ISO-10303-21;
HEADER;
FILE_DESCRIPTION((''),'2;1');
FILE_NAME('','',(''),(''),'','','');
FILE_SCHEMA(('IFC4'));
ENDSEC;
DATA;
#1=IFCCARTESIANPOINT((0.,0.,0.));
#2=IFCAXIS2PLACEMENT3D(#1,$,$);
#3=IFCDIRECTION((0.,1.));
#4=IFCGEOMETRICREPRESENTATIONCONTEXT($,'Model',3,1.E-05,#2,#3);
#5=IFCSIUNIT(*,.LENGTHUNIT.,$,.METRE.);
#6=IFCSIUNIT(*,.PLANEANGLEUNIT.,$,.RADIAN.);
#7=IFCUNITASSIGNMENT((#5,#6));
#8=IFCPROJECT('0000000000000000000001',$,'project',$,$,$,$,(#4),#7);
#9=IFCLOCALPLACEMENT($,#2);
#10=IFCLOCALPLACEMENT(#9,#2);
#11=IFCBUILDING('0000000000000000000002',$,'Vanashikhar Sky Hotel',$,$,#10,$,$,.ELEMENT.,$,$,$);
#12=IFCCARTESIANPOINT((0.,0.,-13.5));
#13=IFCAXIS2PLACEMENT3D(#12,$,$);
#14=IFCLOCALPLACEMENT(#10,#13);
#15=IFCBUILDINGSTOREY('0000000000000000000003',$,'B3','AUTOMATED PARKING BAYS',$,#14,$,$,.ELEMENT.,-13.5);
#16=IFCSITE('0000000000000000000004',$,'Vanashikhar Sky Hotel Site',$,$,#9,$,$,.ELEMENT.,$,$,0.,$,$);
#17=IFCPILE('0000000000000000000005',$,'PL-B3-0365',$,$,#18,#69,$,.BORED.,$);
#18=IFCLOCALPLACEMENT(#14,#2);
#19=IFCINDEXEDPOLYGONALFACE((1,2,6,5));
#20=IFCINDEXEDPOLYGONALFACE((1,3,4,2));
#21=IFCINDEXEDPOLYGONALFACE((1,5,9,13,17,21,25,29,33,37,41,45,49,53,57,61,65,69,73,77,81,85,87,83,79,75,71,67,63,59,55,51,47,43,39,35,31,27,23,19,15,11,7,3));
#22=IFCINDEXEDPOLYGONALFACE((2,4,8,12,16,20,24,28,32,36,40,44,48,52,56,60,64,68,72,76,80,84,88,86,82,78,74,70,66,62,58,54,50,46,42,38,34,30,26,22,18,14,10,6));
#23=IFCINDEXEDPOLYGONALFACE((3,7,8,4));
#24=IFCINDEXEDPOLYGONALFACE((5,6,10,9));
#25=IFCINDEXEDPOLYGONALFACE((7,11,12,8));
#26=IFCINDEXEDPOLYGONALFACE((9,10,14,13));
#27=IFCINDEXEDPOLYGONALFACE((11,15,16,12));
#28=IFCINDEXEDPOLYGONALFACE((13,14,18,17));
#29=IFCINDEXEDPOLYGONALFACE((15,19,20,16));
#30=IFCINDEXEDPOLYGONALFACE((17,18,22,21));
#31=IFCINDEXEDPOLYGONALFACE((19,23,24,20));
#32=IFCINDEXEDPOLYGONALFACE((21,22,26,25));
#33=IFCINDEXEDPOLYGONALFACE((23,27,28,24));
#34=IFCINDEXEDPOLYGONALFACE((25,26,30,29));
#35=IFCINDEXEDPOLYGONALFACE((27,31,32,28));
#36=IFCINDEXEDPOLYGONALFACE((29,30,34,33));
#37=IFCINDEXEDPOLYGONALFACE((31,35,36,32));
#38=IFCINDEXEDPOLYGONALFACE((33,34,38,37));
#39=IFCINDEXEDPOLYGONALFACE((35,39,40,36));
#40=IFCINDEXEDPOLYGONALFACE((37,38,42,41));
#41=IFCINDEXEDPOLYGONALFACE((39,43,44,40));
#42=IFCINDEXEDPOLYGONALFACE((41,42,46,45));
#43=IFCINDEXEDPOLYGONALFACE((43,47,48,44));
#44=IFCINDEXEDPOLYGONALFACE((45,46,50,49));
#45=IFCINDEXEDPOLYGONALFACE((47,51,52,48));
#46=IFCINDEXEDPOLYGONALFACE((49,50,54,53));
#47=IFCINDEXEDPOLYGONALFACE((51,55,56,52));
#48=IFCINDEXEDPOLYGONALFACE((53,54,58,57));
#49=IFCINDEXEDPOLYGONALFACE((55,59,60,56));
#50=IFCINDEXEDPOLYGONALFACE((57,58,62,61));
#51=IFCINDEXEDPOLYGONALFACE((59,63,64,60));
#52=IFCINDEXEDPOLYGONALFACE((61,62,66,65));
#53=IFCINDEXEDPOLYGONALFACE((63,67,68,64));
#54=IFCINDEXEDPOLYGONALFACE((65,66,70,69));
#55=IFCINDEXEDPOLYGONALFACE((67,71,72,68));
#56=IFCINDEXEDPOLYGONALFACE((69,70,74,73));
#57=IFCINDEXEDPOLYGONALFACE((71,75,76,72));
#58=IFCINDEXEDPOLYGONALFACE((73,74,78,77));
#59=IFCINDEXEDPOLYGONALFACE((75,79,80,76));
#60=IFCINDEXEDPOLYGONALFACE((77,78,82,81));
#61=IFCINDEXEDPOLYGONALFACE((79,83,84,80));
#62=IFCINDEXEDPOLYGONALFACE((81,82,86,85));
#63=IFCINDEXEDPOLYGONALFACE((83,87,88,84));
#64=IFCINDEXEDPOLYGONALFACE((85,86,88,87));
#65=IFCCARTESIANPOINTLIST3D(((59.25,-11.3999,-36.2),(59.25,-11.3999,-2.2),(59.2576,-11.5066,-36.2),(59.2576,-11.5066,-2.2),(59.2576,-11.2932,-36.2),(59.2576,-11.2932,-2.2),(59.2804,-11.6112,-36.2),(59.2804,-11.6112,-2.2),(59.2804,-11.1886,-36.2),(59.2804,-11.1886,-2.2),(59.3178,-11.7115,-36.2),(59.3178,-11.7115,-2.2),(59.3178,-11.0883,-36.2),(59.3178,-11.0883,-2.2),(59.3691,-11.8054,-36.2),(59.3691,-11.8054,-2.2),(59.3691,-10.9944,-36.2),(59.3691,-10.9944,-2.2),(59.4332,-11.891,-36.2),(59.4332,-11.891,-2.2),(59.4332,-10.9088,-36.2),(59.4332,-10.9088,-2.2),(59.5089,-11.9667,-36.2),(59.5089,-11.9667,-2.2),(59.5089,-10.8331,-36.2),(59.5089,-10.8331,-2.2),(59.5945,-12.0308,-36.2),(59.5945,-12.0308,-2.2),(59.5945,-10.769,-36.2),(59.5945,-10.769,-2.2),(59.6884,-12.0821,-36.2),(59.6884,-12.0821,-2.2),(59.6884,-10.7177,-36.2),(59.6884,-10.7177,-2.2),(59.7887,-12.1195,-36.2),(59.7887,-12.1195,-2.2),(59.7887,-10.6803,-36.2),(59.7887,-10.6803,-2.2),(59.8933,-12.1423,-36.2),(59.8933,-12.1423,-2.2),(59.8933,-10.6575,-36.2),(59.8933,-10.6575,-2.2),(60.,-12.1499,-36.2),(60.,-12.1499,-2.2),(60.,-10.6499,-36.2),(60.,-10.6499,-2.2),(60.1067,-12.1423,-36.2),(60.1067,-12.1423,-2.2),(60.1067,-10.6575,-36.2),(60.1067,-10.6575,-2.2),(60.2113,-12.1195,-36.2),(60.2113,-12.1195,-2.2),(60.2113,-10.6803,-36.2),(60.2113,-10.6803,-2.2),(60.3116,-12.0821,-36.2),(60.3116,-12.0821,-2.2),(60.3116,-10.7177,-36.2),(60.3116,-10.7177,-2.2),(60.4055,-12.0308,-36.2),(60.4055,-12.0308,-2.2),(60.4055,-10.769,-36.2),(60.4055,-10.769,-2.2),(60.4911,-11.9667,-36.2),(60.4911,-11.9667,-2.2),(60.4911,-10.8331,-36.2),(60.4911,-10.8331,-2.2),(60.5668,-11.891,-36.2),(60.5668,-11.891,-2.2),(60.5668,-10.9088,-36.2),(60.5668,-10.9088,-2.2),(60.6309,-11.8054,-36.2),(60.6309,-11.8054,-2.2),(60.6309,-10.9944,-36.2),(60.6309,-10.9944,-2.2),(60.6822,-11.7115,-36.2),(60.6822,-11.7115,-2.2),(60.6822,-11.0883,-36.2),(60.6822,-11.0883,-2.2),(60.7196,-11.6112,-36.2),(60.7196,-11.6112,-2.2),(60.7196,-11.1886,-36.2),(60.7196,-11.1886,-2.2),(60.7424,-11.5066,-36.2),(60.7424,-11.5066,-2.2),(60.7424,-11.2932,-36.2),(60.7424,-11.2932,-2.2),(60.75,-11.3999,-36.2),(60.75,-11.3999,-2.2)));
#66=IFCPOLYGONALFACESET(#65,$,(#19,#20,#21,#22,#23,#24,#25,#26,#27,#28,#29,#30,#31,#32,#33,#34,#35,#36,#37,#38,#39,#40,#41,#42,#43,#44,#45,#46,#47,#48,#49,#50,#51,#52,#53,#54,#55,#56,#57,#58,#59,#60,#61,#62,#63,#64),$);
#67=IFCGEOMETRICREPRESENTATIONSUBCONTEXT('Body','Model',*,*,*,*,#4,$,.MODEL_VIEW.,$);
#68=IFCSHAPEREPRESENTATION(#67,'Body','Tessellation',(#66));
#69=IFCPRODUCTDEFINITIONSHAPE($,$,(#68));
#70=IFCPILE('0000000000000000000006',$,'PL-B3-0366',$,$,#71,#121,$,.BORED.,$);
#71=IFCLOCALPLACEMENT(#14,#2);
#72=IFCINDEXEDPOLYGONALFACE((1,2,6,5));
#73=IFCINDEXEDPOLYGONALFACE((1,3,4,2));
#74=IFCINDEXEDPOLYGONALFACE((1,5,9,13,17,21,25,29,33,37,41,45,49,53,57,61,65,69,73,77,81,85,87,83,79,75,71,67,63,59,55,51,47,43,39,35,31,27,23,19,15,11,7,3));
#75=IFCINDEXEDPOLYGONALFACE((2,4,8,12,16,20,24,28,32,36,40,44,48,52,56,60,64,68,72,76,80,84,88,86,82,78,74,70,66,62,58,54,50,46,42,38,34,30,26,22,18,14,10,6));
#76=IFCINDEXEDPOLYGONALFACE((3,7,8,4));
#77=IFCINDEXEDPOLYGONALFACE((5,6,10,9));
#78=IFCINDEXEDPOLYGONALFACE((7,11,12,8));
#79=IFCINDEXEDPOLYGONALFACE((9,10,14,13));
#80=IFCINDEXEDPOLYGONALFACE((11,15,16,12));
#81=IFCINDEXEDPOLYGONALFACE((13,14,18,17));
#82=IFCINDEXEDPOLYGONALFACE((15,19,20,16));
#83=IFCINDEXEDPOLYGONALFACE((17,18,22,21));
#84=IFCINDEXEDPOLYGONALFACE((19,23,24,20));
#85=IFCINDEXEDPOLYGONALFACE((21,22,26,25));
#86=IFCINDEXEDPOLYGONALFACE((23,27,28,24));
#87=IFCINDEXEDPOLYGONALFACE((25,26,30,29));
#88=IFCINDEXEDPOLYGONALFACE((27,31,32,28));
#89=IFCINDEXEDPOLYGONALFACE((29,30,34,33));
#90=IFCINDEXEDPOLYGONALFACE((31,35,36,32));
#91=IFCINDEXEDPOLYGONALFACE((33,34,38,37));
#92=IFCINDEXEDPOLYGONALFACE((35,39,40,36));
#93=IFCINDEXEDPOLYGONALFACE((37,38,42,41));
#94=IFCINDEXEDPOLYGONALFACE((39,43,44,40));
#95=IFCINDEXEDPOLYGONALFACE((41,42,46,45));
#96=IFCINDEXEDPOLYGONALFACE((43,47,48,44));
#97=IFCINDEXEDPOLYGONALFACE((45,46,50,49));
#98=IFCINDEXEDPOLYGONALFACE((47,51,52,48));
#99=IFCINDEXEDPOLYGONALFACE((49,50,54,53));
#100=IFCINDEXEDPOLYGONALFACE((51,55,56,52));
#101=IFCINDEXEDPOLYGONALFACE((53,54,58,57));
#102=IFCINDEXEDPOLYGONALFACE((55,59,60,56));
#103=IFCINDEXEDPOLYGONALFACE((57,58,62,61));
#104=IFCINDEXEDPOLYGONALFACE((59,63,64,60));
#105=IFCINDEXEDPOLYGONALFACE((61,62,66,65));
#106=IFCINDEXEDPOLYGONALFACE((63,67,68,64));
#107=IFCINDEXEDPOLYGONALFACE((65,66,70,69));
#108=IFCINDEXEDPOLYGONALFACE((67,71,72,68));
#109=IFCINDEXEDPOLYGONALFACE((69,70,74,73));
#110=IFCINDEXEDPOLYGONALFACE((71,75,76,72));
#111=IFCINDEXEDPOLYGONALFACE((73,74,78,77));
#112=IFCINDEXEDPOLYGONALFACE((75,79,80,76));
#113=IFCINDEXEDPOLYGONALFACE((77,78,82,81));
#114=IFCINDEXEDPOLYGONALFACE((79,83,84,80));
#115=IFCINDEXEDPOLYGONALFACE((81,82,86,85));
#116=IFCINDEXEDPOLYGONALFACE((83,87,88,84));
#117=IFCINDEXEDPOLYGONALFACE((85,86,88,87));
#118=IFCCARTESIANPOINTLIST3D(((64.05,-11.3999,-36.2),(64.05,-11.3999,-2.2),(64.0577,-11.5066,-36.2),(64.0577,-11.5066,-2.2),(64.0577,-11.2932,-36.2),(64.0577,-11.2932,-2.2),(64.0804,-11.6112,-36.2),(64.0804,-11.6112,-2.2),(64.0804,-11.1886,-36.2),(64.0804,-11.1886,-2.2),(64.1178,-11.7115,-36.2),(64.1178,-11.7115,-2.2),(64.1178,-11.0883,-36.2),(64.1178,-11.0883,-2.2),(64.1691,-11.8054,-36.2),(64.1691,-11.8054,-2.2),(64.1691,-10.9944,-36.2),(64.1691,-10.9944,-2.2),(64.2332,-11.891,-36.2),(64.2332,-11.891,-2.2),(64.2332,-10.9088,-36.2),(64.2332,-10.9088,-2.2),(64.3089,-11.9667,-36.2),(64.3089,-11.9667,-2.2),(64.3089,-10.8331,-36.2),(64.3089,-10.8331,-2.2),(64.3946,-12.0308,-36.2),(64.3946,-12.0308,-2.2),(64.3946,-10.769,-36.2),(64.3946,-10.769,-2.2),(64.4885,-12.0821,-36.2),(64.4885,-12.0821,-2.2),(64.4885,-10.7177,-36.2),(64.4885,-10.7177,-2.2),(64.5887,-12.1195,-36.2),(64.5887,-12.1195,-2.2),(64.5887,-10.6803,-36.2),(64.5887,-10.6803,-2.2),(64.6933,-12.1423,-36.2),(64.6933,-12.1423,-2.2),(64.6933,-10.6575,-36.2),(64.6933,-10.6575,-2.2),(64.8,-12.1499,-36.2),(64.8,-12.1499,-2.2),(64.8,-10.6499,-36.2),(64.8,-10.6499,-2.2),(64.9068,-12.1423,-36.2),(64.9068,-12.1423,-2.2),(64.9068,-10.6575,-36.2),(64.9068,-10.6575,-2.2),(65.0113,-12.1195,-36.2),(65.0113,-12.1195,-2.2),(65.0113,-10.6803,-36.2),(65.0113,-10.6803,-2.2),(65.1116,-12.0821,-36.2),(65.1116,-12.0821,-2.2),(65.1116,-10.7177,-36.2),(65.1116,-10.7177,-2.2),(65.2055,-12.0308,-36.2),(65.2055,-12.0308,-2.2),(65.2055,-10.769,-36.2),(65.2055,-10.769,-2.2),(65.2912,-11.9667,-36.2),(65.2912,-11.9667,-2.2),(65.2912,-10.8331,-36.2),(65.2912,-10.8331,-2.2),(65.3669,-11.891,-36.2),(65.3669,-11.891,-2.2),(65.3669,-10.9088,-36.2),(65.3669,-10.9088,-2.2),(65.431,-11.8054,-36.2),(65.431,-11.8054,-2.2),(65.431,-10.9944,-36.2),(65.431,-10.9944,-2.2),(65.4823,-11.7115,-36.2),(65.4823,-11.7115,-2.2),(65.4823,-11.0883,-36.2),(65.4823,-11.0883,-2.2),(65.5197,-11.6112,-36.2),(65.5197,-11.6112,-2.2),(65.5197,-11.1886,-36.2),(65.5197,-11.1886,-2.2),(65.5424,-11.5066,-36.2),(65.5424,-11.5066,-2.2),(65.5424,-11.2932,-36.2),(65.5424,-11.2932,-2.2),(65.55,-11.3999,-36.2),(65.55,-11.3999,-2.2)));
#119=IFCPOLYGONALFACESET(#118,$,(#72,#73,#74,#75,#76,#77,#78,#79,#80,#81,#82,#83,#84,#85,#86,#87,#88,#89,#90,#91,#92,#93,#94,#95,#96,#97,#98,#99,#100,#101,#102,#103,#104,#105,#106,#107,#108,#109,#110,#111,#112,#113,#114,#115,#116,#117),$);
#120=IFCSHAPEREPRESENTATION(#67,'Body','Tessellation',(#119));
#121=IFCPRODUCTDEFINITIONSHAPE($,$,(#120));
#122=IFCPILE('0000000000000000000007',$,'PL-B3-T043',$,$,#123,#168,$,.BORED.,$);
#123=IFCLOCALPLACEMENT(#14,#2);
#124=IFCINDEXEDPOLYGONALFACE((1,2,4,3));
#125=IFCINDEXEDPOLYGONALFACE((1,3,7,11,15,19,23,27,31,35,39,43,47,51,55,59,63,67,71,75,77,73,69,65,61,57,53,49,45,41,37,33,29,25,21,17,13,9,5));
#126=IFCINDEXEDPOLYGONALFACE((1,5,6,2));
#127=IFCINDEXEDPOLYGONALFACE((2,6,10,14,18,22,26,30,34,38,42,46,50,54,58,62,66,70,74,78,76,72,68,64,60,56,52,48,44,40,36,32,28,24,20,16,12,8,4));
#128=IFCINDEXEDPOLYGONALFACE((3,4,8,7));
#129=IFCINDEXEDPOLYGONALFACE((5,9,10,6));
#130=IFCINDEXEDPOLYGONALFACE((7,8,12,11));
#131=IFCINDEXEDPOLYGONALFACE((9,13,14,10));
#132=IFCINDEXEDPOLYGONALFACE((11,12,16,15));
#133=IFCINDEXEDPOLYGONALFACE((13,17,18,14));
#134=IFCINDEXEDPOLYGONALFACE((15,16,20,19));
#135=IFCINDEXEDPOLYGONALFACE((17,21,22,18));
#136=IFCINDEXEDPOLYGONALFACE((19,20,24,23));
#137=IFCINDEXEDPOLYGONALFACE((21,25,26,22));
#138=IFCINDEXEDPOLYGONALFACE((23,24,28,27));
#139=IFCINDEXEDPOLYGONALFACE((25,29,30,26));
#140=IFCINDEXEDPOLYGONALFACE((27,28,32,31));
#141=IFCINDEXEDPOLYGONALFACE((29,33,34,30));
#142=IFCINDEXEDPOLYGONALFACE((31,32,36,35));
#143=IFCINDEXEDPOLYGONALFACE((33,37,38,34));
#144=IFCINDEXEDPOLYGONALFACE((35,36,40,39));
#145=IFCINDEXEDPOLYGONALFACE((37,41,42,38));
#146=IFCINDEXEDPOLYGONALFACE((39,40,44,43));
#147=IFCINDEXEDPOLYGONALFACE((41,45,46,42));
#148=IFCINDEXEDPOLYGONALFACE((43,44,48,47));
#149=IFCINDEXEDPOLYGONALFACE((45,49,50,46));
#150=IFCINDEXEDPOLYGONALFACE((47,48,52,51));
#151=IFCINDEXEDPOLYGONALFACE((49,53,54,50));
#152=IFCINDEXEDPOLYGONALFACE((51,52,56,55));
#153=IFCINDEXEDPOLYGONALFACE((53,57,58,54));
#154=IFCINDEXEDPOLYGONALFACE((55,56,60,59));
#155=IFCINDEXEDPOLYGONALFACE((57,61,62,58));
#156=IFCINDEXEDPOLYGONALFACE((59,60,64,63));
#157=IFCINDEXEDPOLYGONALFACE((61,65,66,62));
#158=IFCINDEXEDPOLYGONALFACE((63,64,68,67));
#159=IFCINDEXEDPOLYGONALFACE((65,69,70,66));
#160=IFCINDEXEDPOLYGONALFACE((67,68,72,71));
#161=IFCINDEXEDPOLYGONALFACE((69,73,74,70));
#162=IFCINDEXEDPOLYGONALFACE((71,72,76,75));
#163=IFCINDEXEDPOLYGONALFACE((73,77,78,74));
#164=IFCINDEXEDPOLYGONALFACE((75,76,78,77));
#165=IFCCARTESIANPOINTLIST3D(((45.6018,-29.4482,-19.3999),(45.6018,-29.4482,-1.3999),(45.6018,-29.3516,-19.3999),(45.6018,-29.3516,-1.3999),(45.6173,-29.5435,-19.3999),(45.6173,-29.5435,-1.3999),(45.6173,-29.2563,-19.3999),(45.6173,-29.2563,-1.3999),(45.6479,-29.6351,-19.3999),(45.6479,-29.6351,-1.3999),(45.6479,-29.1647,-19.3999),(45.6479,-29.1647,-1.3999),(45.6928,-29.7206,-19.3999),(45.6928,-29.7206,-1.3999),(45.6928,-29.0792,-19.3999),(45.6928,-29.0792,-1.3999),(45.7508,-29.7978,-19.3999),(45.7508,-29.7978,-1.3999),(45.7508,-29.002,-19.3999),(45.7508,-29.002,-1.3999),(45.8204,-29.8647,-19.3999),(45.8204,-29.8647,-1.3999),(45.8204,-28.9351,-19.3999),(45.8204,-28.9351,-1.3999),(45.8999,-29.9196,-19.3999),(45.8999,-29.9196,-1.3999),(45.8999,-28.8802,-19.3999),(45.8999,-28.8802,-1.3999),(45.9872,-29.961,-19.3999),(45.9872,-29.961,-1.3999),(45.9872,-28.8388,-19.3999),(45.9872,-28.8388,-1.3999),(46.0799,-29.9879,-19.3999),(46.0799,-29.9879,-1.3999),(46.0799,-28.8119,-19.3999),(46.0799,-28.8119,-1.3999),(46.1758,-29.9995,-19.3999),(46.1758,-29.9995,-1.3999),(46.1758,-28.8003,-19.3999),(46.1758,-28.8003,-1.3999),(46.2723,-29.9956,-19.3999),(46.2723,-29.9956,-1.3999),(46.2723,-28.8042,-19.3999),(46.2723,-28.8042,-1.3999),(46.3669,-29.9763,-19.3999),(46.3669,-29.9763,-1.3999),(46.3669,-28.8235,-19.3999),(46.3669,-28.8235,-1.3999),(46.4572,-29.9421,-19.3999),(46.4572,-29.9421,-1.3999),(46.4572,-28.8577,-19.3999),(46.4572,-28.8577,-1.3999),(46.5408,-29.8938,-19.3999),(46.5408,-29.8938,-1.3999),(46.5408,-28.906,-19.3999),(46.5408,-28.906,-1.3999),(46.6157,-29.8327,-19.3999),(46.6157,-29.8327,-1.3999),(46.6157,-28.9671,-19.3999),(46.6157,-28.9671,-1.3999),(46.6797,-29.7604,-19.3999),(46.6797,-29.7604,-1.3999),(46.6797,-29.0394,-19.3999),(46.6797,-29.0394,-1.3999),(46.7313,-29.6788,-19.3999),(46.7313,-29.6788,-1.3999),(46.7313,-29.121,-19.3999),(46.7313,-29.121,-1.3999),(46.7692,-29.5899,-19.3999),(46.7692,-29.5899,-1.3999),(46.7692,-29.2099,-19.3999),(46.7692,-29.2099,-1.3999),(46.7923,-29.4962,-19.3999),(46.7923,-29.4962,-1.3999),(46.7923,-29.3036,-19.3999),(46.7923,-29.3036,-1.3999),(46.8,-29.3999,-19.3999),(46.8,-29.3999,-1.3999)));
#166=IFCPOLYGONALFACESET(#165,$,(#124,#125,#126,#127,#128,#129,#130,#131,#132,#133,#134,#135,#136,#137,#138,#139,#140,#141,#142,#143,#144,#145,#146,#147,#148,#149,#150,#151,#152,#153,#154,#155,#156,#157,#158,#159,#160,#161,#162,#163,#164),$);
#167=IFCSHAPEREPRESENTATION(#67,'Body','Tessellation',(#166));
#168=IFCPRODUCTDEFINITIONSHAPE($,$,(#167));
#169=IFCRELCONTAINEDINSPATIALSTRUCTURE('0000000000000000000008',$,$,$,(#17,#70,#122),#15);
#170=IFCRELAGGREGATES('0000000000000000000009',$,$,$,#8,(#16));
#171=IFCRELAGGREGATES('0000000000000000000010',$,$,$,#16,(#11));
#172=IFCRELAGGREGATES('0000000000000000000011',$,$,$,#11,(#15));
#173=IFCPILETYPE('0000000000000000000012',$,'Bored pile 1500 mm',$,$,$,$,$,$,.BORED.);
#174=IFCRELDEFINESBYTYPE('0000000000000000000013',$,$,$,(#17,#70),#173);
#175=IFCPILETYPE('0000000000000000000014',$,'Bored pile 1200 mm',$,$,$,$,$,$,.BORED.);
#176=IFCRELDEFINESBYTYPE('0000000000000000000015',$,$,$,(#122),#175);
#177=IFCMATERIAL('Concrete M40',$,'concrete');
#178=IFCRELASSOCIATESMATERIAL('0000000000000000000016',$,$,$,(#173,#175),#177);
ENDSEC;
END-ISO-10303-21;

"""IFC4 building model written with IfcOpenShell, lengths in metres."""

from ifc_helpers import new_model, si_unit, direction, frame, origin, origin_2d, place, context, subcontext, project, spatial, circle, extrude, source, transform, mapped, material, type_object, element, save


model = new_model("IFC4")

# Units and contexts
model_context = context("Model", 3, precision=1e-05, world=origin(), true_north=direction((0.0, 1.0)))
body_context = subcontext(model_context, "Body", "Model", "MODEL_VIEW")
ifc_project = project(units=[si_unit("LENGTHUNIT", "METRE"), si_unit("PLANEANGLEUNIT", "RADIAN")], contexts=[model_context])

# Site, building, storey
site_placement = place(None, origin())
site = spatial("IfcSite", under=ifc_project, at=site_placement, Name="Vanashikhar Sky Hotel Site", CompositionType="ELEMENT", RefElevation=0.0)
building_placement = place(site_placement, origin())
building = spatial("IfcBuilding", under=site, at=building_placement, Name="Vanashikhar Sky Hotel", CompositionType="ELEMENT")
storey_placement = place(building_placement, frame((0.0, 0.0, -13.5)))
storey = spatial("IfcBuildingStorey", under=building, at=storey_placement, Name="B3", Description="AUTOMATED PARKING BAYS", CompositionType="ELEMENT", Elevation=-13.5)

# Piles
ifc_material_1 = material(Name="Concrete M40", Category="concrete")
pile_type_1 = type_object("IfcPileType", Name="Bored pile 1500 mm", PredefinedType="BORED", material=ifc_material_1)
shared_shape_1 = source(origin(), body_context, "Body", "SweptSolid", [
    extrude(circle(Radius=0.75, at=origin_2d()), origin(), (0.0, 0.0, 1.0), 34.0),
])
for number, where, z_axis, x_axis, name in (
    (1, (60.0, -11.3999, -2.2), (0.0, 0.0, -1.0), (1.0, 0.0, 0.0), "PL-B3-0365"),
    (2, (64.8, -11.3999, -2.2), (0.0, 0.0, -1.0), (1.0, 0.0, 0.0), "PL-B3-0366"),
):
    element("IfcPile", number, at=place(storey_placement, frame(where, z_axis=z_axis, x_axis=x_axis)), inside=storey, type_object=pile_type_1, Name=name, PredefinedType="BORED", context=body_context, shape_type="MappedRepresentation", body=[
        mapped(shared_shape_1, transform((0.0, 0.0, 0.0), scale=1.0)),
    ])
pile_type_2 = type_object("IfcPileType", Name="Bored pile 1200 mm", PredefinedType="BORED", material=ifc_material_1)
shared_shape_2 = source(origin(), body_context, "Body", "SweptSolid", [
    extrude(circle(Radius=0.6001, at=origin_2d()), origin(), (0.0, 0.0, 1.0), 18.0),
])
for number, where, z_axis, x_axis, name in (
    (3, (46.2, -29.3999, -1.3999), (0.0, 0.0, -1.0), (1.0, 0.0, 0.0), "PL-B3-T043"),
):
    element("IfcPile", number, at=place(storey_placement, frame(where, z_axis=z_axis, x_axis=x_axis)), inside=storey, type_object=pile_type_2, Name=name, PredefinedType="BORED", context=body_context, shape_type="MappedRepresentation", body=[
        mapped(shared_shape_2, transform((0.0, 0.0, 0.0), scale=1.0)),
    ])

save(model, "model.ifc")
